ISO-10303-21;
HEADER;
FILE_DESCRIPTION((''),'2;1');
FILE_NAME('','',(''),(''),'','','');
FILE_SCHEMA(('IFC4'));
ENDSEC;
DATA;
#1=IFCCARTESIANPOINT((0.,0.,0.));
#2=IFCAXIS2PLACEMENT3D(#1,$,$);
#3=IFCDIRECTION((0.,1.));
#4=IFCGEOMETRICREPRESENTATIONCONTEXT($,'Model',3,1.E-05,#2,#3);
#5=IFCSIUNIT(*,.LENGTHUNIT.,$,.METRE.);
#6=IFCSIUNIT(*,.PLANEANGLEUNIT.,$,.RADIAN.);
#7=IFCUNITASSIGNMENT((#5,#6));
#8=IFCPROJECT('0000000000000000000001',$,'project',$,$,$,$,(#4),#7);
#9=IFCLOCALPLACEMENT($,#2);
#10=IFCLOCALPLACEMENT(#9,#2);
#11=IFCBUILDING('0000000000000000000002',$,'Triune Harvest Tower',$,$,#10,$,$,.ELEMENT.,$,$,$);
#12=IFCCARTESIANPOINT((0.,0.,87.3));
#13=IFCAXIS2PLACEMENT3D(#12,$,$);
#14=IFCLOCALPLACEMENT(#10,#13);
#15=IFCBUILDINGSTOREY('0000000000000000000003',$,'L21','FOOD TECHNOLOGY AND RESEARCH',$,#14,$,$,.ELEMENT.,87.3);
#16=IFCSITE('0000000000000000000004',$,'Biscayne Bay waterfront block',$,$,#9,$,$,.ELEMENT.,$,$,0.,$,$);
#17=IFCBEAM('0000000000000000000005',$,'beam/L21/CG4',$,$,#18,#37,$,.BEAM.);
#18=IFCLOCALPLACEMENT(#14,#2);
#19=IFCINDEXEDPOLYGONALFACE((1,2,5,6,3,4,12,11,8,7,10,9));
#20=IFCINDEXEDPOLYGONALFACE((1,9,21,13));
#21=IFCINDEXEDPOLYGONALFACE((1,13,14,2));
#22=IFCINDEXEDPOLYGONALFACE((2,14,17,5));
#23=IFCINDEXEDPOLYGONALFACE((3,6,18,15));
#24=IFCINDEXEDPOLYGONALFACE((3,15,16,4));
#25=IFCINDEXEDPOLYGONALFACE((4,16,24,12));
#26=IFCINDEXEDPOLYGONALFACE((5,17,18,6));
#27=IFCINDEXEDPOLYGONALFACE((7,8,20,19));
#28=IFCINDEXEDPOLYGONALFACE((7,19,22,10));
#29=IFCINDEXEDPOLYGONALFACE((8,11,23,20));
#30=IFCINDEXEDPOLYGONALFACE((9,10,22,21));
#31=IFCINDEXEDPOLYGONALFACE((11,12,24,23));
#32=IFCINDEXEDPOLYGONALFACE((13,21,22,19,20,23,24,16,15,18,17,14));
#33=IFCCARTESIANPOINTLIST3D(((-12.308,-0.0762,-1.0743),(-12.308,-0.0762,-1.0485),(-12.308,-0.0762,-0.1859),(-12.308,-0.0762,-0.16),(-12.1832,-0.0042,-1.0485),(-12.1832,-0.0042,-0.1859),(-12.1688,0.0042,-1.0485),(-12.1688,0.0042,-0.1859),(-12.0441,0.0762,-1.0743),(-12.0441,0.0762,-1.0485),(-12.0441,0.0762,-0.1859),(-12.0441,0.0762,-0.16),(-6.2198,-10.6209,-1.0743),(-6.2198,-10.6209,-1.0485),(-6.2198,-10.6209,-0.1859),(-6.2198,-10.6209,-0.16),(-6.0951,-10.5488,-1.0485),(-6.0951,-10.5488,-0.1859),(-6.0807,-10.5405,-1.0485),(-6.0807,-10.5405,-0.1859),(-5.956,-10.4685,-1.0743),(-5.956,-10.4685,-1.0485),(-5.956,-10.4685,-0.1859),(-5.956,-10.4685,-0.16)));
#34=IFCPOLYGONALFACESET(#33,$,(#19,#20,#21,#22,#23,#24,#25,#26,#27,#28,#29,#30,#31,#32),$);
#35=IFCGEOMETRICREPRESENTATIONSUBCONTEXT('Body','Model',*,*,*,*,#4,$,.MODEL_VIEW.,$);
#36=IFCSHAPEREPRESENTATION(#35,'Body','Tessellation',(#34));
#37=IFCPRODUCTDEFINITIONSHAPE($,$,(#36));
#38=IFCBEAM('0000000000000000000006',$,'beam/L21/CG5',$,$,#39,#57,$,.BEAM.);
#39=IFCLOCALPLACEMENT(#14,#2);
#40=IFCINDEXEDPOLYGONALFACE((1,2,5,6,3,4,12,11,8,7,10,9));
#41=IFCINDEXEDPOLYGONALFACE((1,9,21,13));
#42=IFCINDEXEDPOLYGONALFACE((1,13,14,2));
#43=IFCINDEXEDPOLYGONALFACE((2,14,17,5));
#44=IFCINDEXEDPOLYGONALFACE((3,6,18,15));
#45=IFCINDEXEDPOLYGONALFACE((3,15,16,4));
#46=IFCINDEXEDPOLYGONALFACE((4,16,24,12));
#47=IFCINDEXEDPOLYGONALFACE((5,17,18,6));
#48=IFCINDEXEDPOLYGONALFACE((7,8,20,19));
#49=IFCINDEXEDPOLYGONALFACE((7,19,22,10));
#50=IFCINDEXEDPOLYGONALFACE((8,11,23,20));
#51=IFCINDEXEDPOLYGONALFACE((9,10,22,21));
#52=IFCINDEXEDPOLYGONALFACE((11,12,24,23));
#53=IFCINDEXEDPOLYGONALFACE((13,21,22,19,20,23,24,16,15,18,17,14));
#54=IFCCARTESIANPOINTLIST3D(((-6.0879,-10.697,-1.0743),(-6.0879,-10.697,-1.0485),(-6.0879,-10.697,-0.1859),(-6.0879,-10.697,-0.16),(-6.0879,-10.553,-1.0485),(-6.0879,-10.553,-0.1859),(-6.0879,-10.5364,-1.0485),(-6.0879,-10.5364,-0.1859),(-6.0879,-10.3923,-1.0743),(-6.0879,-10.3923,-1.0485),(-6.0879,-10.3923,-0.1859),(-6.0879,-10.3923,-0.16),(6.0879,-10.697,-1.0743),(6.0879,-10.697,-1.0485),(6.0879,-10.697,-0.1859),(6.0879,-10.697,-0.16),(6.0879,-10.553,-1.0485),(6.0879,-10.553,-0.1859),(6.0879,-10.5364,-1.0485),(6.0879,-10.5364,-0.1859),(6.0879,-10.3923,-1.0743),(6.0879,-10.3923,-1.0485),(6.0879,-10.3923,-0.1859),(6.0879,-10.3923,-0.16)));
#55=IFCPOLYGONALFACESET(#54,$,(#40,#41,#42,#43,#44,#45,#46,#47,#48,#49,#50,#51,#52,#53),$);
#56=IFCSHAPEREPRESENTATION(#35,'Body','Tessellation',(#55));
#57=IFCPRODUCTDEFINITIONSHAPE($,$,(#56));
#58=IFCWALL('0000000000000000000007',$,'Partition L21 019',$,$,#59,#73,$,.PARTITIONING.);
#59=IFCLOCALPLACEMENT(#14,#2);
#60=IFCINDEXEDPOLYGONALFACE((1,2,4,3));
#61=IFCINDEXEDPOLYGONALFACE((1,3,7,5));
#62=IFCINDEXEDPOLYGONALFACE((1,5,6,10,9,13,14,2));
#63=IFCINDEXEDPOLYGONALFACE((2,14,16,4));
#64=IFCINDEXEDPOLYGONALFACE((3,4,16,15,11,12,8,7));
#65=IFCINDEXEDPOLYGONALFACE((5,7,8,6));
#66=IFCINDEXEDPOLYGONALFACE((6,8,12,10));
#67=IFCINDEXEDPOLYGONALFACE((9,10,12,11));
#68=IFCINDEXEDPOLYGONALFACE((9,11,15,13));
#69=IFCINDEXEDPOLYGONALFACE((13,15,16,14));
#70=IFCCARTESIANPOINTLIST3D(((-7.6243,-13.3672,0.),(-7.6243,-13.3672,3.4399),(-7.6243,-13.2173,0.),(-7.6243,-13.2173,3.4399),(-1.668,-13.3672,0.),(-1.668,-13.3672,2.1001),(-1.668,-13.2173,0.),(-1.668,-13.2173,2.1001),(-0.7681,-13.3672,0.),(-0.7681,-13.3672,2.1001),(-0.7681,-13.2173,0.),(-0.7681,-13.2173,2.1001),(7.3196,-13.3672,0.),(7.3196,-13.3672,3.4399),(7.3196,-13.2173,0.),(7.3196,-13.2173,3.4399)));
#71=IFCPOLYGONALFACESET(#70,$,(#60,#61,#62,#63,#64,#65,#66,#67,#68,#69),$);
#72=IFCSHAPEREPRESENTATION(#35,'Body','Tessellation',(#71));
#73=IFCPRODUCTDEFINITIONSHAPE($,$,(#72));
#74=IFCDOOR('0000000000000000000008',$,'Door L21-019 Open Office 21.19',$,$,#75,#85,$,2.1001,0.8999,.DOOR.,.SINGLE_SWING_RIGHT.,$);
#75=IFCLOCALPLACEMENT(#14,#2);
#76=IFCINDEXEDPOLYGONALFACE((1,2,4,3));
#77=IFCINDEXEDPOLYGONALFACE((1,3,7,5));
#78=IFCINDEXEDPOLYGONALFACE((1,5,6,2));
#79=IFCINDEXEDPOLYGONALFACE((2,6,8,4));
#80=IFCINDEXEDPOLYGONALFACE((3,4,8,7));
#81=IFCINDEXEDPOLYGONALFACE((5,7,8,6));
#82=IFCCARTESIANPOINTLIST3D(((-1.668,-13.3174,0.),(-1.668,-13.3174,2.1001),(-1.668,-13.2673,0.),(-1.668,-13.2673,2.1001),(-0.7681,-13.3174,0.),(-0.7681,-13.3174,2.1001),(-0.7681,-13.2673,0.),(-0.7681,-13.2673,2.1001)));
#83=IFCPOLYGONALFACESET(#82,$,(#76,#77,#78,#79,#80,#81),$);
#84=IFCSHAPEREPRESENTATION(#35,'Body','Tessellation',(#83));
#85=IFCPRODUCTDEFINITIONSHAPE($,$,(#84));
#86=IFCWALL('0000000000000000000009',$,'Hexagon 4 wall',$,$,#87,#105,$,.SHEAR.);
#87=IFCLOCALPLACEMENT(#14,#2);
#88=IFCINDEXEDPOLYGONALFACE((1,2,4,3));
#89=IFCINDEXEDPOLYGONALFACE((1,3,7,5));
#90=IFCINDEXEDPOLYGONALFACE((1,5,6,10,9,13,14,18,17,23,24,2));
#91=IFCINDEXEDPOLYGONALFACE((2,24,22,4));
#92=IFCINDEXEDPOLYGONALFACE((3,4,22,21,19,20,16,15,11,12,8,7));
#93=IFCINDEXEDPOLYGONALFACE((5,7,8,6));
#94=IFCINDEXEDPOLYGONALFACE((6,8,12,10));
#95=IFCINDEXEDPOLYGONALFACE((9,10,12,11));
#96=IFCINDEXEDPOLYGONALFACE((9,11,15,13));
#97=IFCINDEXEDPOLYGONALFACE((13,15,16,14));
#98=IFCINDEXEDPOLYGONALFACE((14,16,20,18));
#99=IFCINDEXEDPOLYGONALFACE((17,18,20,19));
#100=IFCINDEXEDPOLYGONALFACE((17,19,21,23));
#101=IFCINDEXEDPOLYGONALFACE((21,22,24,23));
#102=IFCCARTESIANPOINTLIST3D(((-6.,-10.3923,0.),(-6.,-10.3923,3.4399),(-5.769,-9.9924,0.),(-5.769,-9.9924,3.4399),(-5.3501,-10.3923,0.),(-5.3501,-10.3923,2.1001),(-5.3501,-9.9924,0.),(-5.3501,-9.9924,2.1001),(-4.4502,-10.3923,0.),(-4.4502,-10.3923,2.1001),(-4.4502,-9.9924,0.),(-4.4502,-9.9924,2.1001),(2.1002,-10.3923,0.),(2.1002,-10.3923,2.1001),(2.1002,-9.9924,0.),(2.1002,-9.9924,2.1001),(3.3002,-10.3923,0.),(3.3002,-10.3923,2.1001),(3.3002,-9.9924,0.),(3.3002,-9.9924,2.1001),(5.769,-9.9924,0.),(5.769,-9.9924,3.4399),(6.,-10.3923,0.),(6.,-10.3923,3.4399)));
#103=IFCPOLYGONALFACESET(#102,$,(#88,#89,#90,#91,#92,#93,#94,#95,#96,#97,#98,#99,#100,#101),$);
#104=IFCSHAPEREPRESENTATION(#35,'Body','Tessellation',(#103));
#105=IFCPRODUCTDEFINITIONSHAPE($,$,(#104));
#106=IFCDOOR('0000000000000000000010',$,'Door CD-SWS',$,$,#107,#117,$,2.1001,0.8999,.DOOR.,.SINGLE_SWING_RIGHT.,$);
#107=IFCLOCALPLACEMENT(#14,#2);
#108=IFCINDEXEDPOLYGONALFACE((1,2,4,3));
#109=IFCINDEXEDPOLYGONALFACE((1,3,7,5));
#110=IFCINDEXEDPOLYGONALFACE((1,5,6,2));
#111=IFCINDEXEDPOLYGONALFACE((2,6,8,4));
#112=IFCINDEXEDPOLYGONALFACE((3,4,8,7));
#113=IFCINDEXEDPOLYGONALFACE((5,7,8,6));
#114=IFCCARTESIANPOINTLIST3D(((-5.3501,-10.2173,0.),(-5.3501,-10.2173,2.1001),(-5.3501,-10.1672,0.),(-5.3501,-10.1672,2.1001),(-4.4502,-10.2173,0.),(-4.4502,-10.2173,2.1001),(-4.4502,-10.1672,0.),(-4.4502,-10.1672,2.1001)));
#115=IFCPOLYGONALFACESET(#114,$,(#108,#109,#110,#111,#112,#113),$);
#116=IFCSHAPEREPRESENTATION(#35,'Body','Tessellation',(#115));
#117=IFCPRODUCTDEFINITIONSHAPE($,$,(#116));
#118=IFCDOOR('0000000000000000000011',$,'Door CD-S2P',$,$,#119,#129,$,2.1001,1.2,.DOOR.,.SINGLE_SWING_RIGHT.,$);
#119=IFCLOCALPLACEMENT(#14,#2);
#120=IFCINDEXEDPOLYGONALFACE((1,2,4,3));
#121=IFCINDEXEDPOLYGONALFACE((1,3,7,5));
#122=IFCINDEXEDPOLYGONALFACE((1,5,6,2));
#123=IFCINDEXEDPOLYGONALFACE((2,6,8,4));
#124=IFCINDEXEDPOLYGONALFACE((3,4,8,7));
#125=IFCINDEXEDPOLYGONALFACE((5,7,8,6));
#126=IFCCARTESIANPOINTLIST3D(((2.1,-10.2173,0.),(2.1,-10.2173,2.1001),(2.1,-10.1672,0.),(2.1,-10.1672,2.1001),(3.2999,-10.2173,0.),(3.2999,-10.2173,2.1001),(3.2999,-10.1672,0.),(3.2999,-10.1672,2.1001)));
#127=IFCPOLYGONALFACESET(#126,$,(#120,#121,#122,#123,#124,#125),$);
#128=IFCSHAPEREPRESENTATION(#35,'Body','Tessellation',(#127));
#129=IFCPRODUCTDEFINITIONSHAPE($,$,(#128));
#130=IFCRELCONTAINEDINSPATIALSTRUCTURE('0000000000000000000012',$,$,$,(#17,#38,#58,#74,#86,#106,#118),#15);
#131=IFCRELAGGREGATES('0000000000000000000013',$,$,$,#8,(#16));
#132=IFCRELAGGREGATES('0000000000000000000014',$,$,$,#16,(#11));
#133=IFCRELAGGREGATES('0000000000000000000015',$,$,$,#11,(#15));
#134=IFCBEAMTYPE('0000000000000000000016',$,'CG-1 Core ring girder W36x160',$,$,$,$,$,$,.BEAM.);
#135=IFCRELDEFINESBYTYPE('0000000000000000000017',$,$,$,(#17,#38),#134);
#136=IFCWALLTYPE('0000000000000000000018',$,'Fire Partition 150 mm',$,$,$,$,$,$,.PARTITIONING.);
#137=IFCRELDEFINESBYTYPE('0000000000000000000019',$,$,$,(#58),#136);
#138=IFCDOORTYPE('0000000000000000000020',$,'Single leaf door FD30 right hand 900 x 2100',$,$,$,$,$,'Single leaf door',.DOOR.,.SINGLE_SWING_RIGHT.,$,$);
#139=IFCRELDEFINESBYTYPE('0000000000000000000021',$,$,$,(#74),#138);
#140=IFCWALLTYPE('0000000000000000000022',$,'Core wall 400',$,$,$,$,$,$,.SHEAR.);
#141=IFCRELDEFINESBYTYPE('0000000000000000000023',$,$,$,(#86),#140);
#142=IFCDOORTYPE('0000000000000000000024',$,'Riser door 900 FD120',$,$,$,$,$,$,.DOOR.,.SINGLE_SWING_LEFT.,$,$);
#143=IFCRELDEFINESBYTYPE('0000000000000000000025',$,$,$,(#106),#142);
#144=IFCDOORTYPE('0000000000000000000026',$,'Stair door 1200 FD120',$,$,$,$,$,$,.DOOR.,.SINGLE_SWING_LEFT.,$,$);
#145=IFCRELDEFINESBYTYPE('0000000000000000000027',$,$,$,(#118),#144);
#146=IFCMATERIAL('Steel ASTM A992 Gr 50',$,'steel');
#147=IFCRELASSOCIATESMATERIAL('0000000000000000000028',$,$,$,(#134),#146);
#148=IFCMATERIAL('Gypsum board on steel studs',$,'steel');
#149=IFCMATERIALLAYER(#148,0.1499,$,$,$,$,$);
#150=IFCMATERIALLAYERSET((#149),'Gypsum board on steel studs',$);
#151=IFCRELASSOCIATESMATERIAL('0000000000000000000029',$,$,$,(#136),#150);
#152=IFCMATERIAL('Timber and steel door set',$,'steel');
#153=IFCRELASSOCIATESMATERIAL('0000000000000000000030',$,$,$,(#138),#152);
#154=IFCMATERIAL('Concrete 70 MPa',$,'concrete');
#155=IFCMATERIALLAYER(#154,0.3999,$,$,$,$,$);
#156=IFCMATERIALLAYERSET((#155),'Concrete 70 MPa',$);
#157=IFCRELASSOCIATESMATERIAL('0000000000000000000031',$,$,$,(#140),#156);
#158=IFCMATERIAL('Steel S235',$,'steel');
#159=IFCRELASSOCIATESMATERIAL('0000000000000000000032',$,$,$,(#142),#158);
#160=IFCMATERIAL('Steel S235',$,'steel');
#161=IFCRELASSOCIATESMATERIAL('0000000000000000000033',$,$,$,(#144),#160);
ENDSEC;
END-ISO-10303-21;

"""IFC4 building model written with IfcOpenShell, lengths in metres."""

from ifc_helpers import new_model, si_unit, direction, frame, frame_2d, origin, origin_2d, place, context, subcontext, project, spatial, polyline, rectangle, i_section, outline, extrude, source, transform, mapped, material, layer, layer_set, material_profile, profile_set, type_object, element, fill, save


model = new_model("IFC4")

# Units and contexts
model_context = context("Model", 3, precision=1e-05, world=origin(), true_north=direction((0.0, 1.0)))
body_context = subcontext(model_context, "Body", "Model", "MODEL_VIEW")
ifc_project = project(units=[si_unit("LENGTHUNIT", "METRE"), si_unit("PLANEANGLEUNIT", "RADIAN")], contexts=[model_context])

# Site, building, storey
site_placement = place(None, origin())
site = spatial("IfcSite", under=ifc_project, at=site_placement, Name="Biscayne Bay waterfront block", CompositionType="ELEMENT", RefElevation=0.0)
building_placement = place(site_placement, origin())
building = spatial("IfcBuilding", under=site, at=building_placement, Name="Triune Harvest Tower", CompositionType="ELEMENT")
storey_placement = place(building_placement, frame((0.0, 0.0, 87.3)))
storey = spatial("IfcBuildingStorey", under=building, at=storey_placement, Name="L21", Description="FOOD TECHNOLOGY AND RESEARCH", CompositionType="ELEMENT", Elevation=87.3)

# Beams
ifc_material_1 = material(Name="Steel ASTM A992 Gr 50", Category="steel")
ifc_material_profile = material_profile(ifc_material_1, i_section(OverallWidth=0.3047, OverallDepth=0.9143, WebThickness=0.0166, FlangeThickness=0.0259, at=origin_2d()), Name="W36x160")
ifc_profile_set = profile_set([ifc_material_profile], Name="Steel ASTM A992 Gr 50")
beam_type = type_object("IfcBeamType", Name="CG-1 Core ring girder W36x160", PredefinedType="BEAM", material=ifc_profile_set)
shared_shape_1 = source(origin(), body_context, "Body", "SweptSolid", [
    extrude(i_section(OverallWidth=0.3047, OverallDepth=0.9143, WebThickness=0.0166, FlangeThickness=0.0259, at=origin_2d()), origin(), (0.0, 0.0, 1.0), 12.176),
])
beam_1_placement = place(storey_placement, frame((-12.176, 0.0, -0.6172), z_axis=(0.50001, -0.86602, 0.0), x_axis=(0.86602, 0.50001, 0.0)))
element("IfcBeam", 1, at=beam_1_placement, inside=storey, type_object=beam_type, Name="beam/L21/CG4", PredefinedType="BEAM", context=body_context, shape_type="MappedRepresentation", body=[
    mapped(shared_shape_1, transform((0.0, 0.0, 0.0), scale=1.0)),
])
shared_shape_2 = source(origin(), body_context, "Body", "SweptSolid", [
    extrude(i_section(OverallWidth=0.3047, OverallDepth=0.9143, WebThickness=0.0166, FlangeThickness=0.0259, at=origin_2d()), origin(), (0.0, 0.0, 1.0), 12.1758),
])
beam_2_placement = place(storey_placement, frame((-6.0879, -10.5447, -0.6172), z_axis=(1.0, 0.0, 0.0), x_axis=(0.0, 1.0, 0.0)))
element("IfcBeam", 2, at=beam_2_placement, inside=storey, type_object=beam_type, Name="beam/L21/CG5", PredefinedType="BEAM", context=body_context, shape_type="MappedRepresentation", body=[
    mapped(shared_shape_2, transform((0.0, 0.0, 0.0), scale=1.0)),
])

# Wall, opening, door
ifc_material_2 = material(Name="Gypsum board on steel studs", Category="steel")
ifc_layer_1 = layer(ifc_material_2, 0.1499)
ifc_layer_set_1 = layer_set([ifc_layer_1], Name="Gypsum board on steel studs")
wall_type_1 = type_object("IfcWallType", Name="Fire Partition 150 mm", PredefinedType="PARTITIONING", material=ifc_layer_set_1)
wall_1_placement = place(storey_placement, frame((-7.6243, -13.2922, 0.0), z_axis=(0.0, 0.0, 1.0), x_axis=(1.0, 0.0, 0.0)))
wall_1 = element("IfcWall", 3, at=wall_1_placement, inside=storey, type_object=wall_type_1, Name="Partition L21 019", PredefinedType="PARTITIONING", context=body_context, shape_type="SweptSolid", body=[
    extrude(rectangle(XDim=14.9438, YDim=0.1499, at=frame_2d((7.4719, 0.0))), origin(), (0.0, 0.0, 1.0), 3.4399),
])
opening_1_placement = place(wall_1_placement, frame((5.9563, 0.0, 0.0)))
opening_1 = element("IfcOpeningElement", 4, at=opening_1_placement, cuts=wall_1, PredefinedType="OPENING", context=body_context, shape_type="SweptSolid", body=[
    extrude(rectangle(XDim=0.8999, YDim=2.1001, at=frame_2d((0.45, 1.05))), frame((0.0, 0.085, 0.0), z_axis=(0.0, -1.0, 0.0), x_axis=(1.0, 0.0, 0.0)), (0.0, 0.0, 1.0), 0.1699),
])
ifc_material_3 = material(Name="Timber and steel door set", Category="steel")
door_type_1 = type_object("IfcDoorType", Name="Single leaf door FD30 right hand 900 x 2100", ElementType="Single leaf door", OperationType="SINGLE_SWING_RIGHT", PredefinedType="DOOR", material=ifc_material_3)
door_1_placement = place(opening_1_placement, origin())
door_1 = element("IfcDoor", 5, at=door_1_placement, inside=storey, type_object=door_type_1, Name="Door L21-019 Open Office 21.19", OperationType="SINGLE_SWING_RIGHT", OverallHeight=2.1001, OverallWidth=0.8999, PredefinedType="DOOR", context=body_context, shape_type="SweptSolid", body=[
    extrude(rectangle(XDim=0.8999, YDim=2.1001, at=frame_2d((0.45, 1.05))), frame((0.0, 0.0249, 0.0), z_axis=(0.0, -1.0, 0.0), x_axis=(1.0, 0.0, 0.0)), (0.0, 0.0, 1.0), 0.05),
])
fill(opening_1, door_1)

# Wall, openings, doors
ifc_material_4 = material(Name="Concrete 70 MPa", Category="concrete")
ifc_layer_2 = layer(ifc_material_4, 0.3999)
ifc_layer_set_2 = layer_set([ifc_layer_2], Name="Concrete 70 MPa")
wall_type_2 = type_object("IfcWallType", Name="Core wall 400", PredefinedType="SHEAR", material=ifc_layer_set_2)
shared_shape_3 = source(origin(), body_context, "Body", "SweptSolid", [
    extrude(outline(polyline([(-0.1155, -0.2), (11.8845, -0.2), (11.6536, 0.2), (0.1155, 0.2), (-0.1155, -0.2)])), origin(), (0.0, 0.0, 1.0), 3.4399),
])
wall_2_placement = place(storey_placement, frame((-5.8845, -10.1924, 0.0), z_axis=(0.0, 0.0, 1.0), x_axis=(1.0, 0.0, 0.0)))
wall_2 = element("IfcWall", 6, at=wall_2_placement, inside=storey, type_object=wall_type_2, Name="Hexagon 4 wall", PredefinedType="SHEAR", context=body_context, shape_type="MappedRepresentation", body=[
    mapped(shared_shape_3, transform((0.0, 0.0, 0.0), scale=1.0)),
])
opening_2_placement = place(wall_2_placement, frame((7.9846, 0.0, 0.0)))
opening_2 = element("IfcOpeningElement", 7, at=opening_2_placement, cuts=wall_2, PredefinedType="OPENING", context=body_context, shape_type="SweptSolid", body=[
    extrude(rectangle(XDim=1.2, YDim=2.1001, at=frame_2d((0.6001, 1.05))), frame((0.0, 0.21, 0.0), z_axis=(0.0, -1.0, 0.0), x_axis=(1.0, 0.0, 0.0)), (0.0, 0.0, 1.0), 0.4199),
])
opening_3_placement = place(wall_2_placement, frame((0.5344, 0.0, 0.0)))
opening_3 = element("IfcOpeningElement", 8, at=opening_3_placement, cuts=wall_2, PredefinedType="OPENING", context=body_context, shape_type="SweptSolid", body=[
    extrude(rectangle(XDim=0.8999, YDim=2.1001, at=frame_2d((0.45, 1.05))), frame((0.0, 0.21, 0.0), z_axis=(0.0, -1.0, 0.0), x_axis=(1.0, 0.0, 0.0)), (0.0, 0.0, 1.0), 0.4199),
])
ifc_material_5 = material(Name="Steel S235", Category="steel")
door_type_2 = type_object("IfcDoorType", Name="Riser door 900 FD120", OperationType="SINGLE_SWING_LEFT", PredefinedType="DOOR", material=ifc_material_5)
door_2_placement = place(opening_3_placement, frame((0.8999, 0.0, 0.0), z_axis=(0.0, 0.0, 1.0), x_axis=(-1.0, 0.0, 0.0)))
door_2 = element("IfcDoor", 9, at=door_2_placement, inside=storey, type_object=door_type_2, Name="Door CD-SWS", OperationType="SINGLE_SWING_RIGHT", OverallHeight=2.1001, OverallWidth=0.8999, PredefinedType="DOOR", context=body_context, shape_type="SweptSolid", body=[
    extrude(rectangle(XDim=0.8999, YDim=2.1001, at=frame_2d((0.45, 1.05))), frame((0.0, 0.0249, 0.0), z_axis=(0.0, -1.0, 0.0), x_axis=(1.0, 0.0, 0.0)), (0.0, 0.0, 1.0), 0.05),
])
fill(opening_3, door_2)
ifc_material_6 = material(Name="Steel S235", Category="steel")
door_type_3 = type_object("IfcDoorType", Name="Stair door 1200 FD120", OperationType="SINGLE_SWING_LEFT", PredefinedType="DOOR", material=ifc_material_6)
door_3_placement = place(opening_2_placement, frame((1.2, 0.0, 0.0), z_axis=(0.0, 0.0, 1.0), x_axis=(-1.0, 0.0, 0.0)))
door_3 = element("IfcDoor", 10, at=door_3_placement, inside=storey, type_object=door_type_3, Name="Door CD-S2P", OperationType="SINGLE_SWING_RIGHT", OverallHeight=2.1001, OverallWidth=1.2, PredefinedType="DOOR", context=body_context, shape_type="SweptSolid", body=[
    extrude(rectangle(XDim=1.2, YDim=2.1001, at=frame_2d((0.6001, 1.05))), frame((0.0, 0.0249, 0.0), z_axis=(0.0, -1.0, 0.0), x_axis=(1.0, 0.0, 0.0)), (0.0, 0.0, 1.0), 0.05),
])
fill(opening_2, door_3)

save(model, "model.ifc")
